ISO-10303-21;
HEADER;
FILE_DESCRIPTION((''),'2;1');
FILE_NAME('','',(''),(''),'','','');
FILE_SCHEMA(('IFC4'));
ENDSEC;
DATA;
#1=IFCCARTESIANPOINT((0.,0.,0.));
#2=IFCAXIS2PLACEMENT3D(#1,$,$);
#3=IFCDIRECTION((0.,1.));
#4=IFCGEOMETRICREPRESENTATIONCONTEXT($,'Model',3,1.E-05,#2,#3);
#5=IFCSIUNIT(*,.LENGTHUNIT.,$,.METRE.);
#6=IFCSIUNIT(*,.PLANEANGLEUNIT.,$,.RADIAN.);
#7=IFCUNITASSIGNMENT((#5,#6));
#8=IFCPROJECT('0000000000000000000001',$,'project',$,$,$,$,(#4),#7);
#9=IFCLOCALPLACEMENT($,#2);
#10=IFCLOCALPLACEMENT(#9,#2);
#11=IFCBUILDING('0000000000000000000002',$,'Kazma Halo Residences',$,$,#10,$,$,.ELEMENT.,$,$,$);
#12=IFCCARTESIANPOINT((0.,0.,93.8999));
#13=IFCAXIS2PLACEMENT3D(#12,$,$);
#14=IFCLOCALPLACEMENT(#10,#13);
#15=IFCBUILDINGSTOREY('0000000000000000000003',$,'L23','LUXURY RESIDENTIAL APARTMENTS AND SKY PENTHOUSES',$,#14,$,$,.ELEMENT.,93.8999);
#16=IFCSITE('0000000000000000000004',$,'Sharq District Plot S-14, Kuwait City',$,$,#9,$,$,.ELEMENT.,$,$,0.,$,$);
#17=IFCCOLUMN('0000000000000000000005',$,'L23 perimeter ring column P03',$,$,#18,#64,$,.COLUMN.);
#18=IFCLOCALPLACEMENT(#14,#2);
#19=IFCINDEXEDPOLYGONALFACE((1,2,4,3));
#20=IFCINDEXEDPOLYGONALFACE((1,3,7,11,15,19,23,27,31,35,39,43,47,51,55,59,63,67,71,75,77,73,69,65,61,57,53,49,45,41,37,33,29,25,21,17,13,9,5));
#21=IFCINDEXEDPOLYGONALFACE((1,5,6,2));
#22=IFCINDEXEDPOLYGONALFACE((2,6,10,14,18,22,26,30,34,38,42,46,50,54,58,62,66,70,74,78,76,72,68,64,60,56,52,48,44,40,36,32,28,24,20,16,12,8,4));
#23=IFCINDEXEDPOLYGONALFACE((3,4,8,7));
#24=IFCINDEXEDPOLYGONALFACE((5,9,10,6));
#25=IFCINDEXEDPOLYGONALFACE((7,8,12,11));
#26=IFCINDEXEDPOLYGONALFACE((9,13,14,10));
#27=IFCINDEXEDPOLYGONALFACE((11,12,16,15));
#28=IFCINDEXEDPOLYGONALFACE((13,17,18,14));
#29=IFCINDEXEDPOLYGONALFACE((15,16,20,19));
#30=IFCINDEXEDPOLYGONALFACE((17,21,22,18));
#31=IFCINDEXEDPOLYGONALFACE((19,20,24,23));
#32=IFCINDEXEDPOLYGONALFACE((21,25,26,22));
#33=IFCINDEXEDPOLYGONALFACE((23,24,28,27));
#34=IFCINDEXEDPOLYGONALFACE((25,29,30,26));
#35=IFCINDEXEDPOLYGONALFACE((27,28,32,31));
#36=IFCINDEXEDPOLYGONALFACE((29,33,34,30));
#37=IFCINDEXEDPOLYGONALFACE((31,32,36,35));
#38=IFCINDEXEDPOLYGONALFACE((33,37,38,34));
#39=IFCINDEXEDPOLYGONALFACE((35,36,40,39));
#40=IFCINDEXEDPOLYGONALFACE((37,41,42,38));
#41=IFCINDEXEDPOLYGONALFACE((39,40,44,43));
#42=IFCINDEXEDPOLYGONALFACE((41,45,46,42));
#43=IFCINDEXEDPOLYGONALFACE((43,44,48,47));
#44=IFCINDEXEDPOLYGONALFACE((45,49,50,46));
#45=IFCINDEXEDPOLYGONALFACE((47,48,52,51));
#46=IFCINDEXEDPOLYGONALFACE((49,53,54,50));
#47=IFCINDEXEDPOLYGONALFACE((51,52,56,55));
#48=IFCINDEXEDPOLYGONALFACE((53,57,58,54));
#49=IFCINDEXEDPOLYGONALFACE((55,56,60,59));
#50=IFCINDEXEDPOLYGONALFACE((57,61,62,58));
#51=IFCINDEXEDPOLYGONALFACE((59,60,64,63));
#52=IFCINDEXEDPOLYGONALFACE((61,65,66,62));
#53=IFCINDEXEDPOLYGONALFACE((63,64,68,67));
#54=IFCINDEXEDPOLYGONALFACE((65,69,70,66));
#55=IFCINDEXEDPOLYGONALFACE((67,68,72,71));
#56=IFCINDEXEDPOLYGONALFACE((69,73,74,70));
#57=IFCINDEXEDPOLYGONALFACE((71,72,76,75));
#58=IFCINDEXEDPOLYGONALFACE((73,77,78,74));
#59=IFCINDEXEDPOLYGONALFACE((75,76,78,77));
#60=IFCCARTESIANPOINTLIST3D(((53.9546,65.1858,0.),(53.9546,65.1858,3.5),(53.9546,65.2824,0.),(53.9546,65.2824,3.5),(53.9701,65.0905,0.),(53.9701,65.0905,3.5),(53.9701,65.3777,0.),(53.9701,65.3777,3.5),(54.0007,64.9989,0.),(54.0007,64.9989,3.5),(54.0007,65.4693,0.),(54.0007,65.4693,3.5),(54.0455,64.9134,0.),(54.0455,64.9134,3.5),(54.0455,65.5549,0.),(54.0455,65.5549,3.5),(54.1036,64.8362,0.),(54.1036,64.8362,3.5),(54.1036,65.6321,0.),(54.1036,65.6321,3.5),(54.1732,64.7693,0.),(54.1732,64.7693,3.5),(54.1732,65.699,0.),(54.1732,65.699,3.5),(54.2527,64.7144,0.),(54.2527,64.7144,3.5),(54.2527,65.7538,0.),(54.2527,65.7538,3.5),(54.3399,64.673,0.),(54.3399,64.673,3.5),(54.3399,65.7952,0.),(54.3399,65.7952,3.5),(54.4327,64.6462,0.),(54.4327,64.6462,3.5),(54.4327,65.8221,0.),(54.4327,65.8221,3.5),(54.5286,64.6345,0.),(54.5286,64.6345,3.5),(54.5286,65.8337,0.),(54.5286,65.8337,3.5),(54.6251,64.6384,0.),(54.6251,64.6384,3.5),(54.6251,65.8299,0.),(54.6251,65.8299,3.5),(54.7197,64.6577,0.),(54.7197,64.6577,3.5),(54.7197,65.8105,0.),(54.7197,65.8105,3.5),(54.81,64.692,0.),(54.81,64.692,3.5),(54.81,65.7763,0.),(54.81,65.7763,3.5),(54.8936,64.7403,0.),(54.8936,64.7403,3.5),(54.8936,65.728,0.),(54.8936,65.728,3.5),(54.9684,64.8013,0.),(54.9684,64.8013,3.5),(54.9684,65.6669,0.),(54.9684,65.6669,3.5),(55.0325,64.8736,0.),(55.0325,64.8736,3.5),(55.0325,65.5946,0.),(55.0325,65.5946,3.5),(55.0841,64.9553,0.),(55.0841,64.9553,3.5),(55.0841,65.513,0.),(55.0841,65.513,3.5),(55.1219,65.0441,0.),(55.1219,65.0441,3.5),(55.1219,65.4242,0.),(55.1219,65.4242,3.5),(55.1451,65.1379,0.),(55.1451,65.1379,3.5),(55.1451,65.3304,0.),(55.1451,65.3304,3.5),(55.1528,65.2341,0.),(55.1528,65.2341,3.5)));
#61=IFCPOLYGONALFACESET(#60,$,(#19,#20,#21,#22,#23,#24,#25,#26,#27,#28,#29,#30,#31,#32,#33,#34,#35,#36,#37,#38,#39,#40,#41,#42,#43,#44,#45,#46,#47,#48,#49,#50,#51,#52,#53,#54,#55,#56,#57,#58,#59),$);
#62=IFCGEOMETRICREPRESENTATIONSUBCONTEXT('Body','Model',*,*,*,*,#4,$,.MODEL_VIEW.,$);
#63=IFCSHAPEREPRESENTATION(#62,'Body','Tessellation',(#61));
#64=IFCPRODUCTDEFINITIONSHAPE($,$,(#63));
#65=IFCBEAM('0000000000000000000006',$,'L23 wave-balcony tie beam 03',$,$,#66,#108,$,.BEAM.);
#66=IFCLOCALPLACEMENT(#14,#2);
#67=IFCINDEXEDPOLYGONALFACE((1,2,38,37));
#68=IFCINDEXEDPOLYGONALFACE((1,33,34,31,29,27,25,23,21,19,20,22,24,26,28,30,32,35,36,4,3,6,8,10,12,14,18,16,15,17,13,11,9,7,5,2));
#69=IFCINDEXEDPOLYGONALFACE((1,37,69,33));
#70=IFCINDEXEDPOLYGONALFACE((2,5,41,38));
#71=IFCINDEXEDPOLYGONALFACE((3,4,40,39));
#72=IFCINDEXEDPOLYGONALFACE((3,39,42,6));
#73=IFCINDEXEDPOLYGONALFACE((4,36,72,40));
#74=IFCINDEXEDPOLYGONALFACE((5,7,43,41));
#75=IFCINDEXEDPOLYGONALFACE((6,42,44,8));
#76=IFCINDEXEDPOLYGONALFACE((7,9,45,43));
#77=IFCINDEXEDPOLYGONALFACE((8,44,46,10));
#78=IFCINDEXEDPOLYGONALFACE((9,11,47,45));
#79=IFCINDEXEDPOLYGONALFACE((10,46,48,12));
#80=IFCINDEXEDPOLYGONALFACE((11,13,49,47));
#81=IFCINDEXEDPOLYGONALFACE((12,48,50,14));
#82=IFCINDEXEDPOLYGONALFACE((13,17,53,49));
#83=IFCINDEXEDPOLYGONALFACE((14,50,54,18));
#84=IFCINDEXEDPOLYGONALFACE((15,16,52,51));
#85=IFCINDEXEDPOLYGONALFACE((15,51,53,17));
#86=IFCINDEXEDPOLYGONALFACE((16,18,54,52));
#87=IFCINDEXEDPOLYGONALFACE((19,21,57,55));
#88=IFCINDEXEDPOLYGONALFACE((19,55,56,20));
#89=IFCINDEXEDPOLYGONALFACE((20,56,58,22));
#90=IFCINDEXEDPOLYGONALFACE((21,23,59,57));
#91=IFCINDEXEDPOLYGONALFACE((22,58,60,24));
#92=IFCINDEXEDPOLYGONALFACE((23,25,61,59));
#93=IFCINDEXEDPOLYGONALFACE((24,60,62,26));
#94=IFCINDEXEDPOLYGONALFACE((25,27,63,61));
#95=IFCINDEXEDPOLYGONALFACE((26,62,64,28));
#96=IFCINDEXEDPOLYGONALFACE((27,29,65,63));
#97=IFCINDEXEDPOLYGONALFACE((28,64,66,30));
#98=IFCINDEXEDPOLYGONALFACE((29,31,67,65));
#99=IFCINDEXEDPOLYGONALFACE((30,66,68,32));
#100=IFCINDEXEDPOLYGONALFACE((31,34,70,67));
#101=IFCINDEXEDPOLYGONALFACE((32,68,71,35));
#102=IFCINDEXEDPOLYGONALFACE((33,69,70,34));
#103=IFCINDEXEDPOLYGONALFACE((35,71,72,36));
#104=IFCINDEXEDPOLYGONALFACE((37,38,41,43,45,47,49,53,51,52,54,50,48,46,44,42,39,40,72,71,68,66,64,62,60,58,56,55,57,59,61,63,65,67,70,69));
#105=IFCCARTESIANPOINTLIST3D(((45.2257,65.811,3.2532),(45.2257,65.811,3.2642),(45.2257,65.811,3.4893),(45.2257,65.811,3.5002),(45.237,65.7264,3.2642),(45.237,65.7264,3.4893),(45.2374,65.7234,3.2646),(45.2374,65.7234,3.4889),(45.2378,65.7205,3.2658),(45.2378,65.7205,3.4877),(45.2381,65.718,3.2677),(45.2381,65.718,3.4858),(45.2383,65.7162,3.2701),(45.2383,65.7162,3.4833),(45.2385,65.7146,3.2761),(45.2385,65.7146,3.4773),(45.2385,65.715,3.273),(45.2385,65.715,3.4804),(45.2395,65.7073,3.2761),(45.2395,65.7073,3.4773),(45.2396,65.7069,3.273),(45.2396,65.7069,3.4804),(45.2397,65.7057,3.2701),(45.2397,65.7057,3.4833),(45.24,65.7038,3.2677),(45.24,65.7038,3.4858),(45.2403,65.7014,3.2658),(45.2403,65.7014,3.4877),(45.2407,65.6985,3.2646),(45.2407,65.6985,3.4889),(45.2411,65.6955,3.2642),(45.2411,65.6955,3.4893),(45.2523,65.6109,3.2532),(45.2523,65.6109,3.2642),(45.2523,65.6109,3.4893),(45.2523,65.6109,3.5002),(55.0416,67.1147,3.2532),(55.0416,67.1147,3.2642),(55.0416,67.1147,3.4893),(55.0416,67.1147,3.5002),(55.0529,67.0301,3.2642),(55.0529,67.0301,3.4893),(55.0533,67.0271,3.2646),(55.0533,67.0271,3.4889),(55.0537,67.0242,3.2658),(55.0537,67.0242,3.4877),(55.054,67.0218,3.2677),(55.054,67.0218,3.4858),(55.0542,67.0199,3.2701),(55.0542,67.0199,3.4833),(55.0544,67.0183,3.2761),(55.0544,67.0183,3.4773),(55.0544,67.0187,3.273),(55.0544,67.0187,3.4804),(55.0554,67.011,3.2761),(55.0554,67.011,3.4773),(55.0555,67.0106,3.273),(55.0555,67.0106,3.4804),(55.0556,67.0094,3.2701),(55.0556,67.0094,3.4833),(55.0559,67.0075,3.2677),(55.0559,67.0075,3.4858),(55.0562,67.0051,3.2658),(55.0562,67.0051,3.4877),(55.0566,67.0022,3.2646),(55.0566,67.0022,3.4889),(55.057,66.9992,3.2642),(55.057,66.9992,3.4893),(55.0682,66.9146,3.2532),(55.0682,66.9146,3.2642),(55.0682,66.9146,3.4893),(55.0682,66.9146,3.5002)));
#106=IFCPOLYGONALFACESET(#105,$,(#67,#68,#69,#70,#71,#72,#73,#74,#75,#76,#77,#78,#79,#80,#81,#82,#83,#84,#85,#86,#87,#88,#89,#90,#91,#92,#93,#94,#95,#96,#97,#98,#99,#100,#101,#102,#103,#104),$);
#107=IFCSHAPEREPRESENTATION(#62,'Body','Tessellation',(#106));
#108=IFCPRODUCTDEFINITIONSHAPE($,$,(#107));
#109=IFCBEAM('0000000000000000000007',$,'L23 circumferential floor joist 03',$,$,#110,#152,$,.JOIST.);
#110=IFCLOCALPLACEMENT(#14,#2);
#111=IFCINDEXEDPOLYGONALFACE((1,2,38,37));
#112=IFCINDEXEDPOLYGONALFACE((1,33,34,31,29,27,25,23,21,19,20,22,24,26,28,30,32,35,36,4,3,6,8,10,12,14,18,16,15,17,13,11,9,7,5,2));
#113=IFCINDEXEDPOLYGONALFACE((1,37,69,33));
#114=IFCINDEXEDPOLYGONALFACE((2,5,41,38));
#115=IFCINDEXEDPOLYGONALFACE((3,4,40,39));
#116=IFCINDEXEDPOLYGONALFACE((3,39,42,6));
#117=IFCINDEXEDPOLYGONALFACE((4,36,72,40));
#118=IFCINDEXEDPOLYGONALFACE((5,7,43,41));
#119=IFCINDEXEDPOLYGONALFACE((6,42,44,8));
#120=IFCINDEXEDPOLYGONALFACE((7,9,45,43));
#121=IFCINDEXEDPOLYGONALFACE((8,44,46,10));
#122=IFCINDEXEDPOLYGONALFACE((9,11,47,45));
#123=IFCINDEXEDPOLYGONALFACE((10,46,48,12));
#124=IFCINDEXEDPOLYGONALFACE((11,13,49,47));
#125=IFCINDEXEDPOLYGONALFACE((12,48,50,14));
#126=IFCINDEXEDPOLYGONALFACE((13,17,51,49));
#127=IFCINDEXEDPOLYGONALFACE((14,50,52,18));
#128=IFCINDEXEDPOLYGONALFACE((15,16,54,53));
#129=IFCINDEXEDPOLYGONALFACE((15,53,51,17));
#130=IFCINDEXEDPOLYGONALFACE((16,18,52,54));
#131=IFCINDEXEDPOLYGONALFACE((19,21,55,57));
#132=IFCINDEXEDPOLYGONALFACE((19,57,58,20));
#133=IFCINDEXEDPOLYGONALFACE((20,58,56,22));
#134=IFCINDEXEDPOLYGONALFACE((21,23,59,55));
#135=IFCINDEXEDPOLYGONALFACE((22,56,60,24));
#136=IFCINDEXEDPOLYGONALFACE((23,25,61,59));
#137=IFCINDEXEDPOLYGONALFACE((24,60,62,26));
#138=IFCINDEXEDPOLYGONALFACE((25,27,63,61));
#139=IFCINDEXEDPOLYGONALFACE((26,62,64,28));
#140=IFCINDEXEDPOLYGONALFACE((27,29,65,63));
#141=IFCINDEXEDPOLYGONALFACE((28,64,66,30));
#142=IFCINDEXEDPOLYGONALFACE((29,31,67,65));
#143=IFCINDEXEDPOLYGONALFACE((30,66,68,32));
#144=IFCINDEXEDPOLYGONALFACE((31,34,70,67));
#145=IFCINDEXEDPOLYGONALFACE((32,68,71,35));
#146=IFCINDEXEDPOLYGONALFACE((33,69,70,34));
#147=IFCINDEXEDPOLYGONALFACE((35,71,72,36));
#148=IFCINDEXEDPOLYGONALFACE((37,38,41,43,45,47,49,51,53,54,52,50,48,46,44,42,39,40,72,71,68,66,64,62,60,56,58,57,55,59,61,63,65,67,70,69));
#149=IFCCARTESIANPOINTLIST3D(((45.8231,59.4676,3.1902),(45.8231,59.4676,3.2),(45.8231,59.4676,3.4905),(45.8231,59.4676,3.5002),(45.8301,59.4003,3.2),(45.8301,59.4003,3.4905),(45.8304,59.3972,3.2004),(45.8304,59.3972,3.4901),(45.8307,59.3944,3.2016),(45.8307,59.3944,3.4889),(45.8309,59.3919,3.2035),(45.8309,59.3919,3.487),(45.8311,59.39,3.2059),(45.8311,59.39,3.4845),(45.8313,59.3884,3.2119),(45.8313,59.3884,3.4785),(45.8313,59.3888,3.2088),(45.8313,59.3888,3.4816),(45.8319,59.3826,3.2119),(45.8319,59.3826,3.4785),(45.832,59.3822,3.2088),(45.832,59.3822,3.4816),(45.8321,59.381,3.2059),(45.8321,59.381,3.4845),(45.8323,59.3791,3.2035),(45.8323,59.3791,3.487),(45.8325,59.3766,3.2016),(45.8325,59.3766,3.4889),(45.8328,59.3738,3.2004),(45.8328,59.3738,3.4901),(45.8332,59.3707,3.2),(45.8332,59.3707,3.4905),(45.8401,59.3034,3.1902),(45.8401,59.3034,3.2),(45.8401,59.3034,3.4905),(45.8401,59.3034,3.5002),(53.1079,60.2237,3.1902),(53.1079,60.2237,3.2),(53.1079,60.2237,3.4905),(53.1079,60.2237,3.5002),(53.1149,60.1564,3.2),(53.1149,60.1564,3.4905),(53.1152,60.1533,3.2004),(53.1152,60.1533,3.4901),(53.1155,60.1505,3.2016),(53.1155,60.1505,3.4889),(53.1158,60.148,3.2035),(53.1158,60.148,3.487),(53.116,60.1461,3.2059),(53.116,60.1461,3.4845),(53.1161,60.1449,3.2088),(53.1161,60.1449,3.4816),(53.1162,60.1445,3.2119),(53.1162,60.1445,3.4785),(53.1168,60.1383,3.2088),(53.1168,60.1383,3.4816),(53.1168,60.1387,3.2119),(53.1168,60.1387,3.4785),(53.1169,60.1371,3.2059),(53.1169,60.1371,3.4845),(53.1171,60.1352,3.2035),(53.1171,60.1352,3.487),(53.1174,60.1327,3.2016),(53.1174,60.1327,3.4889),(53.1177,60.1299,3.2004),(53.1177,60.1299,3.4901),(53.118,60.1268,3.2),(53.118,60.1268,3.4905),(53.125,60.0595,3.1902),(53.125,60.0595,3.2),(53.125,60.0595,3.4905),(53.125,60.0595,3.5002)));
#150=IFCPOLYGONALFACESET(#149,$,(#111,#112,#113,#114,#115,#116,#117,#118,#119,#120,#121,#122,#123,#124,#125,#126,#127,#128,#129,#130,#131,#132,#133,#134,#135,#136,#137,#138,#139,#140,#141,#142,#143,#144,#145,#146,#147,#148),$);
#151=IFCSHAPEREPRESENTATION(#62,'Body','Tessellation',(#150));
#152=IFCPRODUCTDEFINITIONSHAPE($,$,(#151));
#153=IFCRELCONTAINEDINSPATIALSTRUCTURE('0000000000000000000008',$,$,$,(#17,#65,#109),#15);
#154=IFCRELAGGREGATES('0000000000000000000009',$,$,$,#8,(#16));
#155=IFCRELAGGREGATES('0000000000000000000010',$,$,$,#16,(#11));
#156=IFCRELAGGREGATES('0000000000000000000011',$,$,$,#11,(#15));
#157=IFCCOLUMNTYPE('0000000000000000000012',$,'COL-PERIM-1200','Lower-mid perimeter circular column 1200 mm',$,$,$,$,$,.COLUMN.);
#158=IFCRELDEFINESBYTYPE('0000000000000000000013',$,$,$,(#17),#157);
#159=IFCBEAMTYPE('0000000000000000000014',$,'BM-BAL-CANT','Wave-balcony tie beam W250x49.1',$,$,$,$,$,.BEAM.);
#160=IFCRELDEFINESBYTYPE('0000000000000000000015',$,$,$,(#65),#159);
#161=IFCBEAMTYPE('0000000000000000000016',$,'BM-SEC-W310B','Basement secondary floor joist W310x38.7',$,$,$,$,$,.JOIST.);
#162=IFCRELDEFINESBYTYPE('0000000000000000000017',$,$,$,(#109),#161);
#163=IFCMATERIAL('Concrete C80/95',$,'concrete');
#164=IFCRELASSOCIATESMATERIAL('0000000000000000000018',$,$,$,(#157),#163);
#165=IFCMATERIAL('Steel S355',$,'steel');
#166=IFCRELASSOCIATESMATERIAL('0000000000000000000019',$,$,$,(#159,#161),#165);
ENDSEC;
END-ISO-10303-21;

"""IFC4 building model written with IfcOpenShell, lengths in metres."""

from ifc_helpers import new_model, si_unit, direction, frame, origin, origin_2d, place, context, subcontext, project, spatial, circle, i_section, extrude, material, material_profile, profile_set, type_object, element, save


model = new_model("IFC4")

# Units and contexts
model_context = context("Model", 3, precision=1e-05, world=origin(), true_north=direction((0.0, 1.0)))
body_context = subcontext(model_context, "Body", "Model", "MODEL_VIEW")
ifc_project = project(units=[si_unit("LENGTHUNIT", "METRE"), si_unit("PLANEANGLEUNIT", "RADIAN")], contexts=[model_context])

# Site, building, storey
site_placement = place(None, origin())
site = spatial("IfcSite", under=ifc_project, at=site_placement, Name="Sharq District Plot S-14, Kuwait City", CompositionType="ELEMENT", RefElevation=0.0)
building_placement = place(site_placement, origin())
building = spatial("IfcBuilding", under=site, at=building_placement, Name="Kazma Halo Residences", CompositionType="ELEMENT")
storey_placement = place(building_placement, frame((0.0, 0.0, 93.8999)))
storey = spatial("IfcBuildingStorey", under=building, at=storey_placement, Name="L23", Description="LUXURY RESIDENTIAL APARTMENTS AND SKY PENTHOUSES", CompositionType="ELEMENT", Elevation=93.8999)

# Column
ifc_material_1 = material(Name="Concrete C80/95", Category="concrete")
ifc_material_profile_1 = material_profile(ifc_material_1, circle(Radius=0.6001, at=origin_2d()), Name="CIRC1200")
ifc_profile_set_1 = profile_set([ifc_material_profile_1], Name="Concrete C80/95")
column_type = type_object("IfcColumnType", Name="COL-PERIM-1200", Description="Lower-mid perimeter circular column 1200 mm", PredefinedType="COLUMN", material=ifc_profile_set_1)
column_placement = place(storey_placement, frame((54.5527, 65.2341, 0.0), z_axis=(0.0, 0.0, 1.0), x_axis=(1.0, 0.0, 0.0)))
element("IfcColumn", 1, at=column_placement, inside=storey, type_object=column_type, Name="L23 perimeter ring column P03", PredefinedType="COLUMN", context=body_context, shape_type="SweptSolid", body=[
    extrude(circle(Radius=0.6001, at=origin_2d()), origin(), (0.0, 0.0, 1.0), 3.5),
])

# Beams
ifc_material_2 = material(Name="Steel S355", Category="steel")
ifc_material_profile_2 = material_profile(ifc_material_2, i_section(OverallWidth=0.2019, OverallDepth=0.2471, WebThickness=0.0073, FlangeThickness=0.011, FilletRadius=0.012, at=origin_2d()), Name="W250x49.1")
ifc_profile_set_2 = profile_set([ifc_material_profile_2], Name="Steel S355")
beam_type_1 = type_object("IfcBeamType", Name="BM-BAL-CANT", Description="Wave-balcony tie beam W250x49.1", PredefinedType="BEAM", material=ifc_profile_set_2)
beam_1_placement = place(storey_placement, frame((55.0549, 67.0146, 3.3767), z_axis=(-0.991295, -0.13166, 0.0), x_axis=(0.13166, -0.991295, 0.0)))
element("IfcBeam", 2, at=beam_1_placement, inside=storey, type_object=beam_type_1, Name="L23 wave-balcony tie beam 03", PredefinedType="BEAM", context=body_context, shape_type="SweptSolid", body=[
    extrude(i_section(OverallWidth=0.2019, OverallDepth=0.2471, WebThickness=0.0073, FlangeThickness=0.011, FilletRadius=0.012, at=origin_2d()), origin(), (0.0, 0.0, 1.0), 9.9021),
])
ifc_material_profile_3 = material_profile(ifc_material_2, i_section(OverallWidth=0.165, OverallDepth=0.3101, WebThickness=0.0059, FlangeThickness=0.0098, FilletRadius=0.012, at=origin_2d()), Name="W310x38.7")
ifc_profile_set_3 = profile_set([ifc_material_profile_3], Name="Steel S355")
beam_type_2 = type_object("IfcBeamType", Name="BM-SEC-W310B", Description="Basement secondary floor joist W310x38.7", PredefinedType="JOIST", material=ifc_profile_set_3)
beam_2_placement = place(storey_placement, frame((53.1165, 60.1416, 3.3452), z_axis=(-0.994657, -0.103236, 0.0), x_axis=(0.103236, -0.994657, 0.0)))
element("IfcBeam", 3, at=beam_2_placement, inside=storey, type_object=beam_type_2, Name="L23 circumferential floor joist 03", PredefinedType="JOIST", context=body_context, shape_type="SweptSolid", body=[
    extrude(i_section(OverallWidth=0.165, OverallDepth=0.3101, WebThickness=0.0059, FlangeThickness=0.0098, FilletRadius=0.012, at=origin_2d()), origin(), (0.0, 0.0, 1.0), 7.324),
])

save(model, "model.ifc")
